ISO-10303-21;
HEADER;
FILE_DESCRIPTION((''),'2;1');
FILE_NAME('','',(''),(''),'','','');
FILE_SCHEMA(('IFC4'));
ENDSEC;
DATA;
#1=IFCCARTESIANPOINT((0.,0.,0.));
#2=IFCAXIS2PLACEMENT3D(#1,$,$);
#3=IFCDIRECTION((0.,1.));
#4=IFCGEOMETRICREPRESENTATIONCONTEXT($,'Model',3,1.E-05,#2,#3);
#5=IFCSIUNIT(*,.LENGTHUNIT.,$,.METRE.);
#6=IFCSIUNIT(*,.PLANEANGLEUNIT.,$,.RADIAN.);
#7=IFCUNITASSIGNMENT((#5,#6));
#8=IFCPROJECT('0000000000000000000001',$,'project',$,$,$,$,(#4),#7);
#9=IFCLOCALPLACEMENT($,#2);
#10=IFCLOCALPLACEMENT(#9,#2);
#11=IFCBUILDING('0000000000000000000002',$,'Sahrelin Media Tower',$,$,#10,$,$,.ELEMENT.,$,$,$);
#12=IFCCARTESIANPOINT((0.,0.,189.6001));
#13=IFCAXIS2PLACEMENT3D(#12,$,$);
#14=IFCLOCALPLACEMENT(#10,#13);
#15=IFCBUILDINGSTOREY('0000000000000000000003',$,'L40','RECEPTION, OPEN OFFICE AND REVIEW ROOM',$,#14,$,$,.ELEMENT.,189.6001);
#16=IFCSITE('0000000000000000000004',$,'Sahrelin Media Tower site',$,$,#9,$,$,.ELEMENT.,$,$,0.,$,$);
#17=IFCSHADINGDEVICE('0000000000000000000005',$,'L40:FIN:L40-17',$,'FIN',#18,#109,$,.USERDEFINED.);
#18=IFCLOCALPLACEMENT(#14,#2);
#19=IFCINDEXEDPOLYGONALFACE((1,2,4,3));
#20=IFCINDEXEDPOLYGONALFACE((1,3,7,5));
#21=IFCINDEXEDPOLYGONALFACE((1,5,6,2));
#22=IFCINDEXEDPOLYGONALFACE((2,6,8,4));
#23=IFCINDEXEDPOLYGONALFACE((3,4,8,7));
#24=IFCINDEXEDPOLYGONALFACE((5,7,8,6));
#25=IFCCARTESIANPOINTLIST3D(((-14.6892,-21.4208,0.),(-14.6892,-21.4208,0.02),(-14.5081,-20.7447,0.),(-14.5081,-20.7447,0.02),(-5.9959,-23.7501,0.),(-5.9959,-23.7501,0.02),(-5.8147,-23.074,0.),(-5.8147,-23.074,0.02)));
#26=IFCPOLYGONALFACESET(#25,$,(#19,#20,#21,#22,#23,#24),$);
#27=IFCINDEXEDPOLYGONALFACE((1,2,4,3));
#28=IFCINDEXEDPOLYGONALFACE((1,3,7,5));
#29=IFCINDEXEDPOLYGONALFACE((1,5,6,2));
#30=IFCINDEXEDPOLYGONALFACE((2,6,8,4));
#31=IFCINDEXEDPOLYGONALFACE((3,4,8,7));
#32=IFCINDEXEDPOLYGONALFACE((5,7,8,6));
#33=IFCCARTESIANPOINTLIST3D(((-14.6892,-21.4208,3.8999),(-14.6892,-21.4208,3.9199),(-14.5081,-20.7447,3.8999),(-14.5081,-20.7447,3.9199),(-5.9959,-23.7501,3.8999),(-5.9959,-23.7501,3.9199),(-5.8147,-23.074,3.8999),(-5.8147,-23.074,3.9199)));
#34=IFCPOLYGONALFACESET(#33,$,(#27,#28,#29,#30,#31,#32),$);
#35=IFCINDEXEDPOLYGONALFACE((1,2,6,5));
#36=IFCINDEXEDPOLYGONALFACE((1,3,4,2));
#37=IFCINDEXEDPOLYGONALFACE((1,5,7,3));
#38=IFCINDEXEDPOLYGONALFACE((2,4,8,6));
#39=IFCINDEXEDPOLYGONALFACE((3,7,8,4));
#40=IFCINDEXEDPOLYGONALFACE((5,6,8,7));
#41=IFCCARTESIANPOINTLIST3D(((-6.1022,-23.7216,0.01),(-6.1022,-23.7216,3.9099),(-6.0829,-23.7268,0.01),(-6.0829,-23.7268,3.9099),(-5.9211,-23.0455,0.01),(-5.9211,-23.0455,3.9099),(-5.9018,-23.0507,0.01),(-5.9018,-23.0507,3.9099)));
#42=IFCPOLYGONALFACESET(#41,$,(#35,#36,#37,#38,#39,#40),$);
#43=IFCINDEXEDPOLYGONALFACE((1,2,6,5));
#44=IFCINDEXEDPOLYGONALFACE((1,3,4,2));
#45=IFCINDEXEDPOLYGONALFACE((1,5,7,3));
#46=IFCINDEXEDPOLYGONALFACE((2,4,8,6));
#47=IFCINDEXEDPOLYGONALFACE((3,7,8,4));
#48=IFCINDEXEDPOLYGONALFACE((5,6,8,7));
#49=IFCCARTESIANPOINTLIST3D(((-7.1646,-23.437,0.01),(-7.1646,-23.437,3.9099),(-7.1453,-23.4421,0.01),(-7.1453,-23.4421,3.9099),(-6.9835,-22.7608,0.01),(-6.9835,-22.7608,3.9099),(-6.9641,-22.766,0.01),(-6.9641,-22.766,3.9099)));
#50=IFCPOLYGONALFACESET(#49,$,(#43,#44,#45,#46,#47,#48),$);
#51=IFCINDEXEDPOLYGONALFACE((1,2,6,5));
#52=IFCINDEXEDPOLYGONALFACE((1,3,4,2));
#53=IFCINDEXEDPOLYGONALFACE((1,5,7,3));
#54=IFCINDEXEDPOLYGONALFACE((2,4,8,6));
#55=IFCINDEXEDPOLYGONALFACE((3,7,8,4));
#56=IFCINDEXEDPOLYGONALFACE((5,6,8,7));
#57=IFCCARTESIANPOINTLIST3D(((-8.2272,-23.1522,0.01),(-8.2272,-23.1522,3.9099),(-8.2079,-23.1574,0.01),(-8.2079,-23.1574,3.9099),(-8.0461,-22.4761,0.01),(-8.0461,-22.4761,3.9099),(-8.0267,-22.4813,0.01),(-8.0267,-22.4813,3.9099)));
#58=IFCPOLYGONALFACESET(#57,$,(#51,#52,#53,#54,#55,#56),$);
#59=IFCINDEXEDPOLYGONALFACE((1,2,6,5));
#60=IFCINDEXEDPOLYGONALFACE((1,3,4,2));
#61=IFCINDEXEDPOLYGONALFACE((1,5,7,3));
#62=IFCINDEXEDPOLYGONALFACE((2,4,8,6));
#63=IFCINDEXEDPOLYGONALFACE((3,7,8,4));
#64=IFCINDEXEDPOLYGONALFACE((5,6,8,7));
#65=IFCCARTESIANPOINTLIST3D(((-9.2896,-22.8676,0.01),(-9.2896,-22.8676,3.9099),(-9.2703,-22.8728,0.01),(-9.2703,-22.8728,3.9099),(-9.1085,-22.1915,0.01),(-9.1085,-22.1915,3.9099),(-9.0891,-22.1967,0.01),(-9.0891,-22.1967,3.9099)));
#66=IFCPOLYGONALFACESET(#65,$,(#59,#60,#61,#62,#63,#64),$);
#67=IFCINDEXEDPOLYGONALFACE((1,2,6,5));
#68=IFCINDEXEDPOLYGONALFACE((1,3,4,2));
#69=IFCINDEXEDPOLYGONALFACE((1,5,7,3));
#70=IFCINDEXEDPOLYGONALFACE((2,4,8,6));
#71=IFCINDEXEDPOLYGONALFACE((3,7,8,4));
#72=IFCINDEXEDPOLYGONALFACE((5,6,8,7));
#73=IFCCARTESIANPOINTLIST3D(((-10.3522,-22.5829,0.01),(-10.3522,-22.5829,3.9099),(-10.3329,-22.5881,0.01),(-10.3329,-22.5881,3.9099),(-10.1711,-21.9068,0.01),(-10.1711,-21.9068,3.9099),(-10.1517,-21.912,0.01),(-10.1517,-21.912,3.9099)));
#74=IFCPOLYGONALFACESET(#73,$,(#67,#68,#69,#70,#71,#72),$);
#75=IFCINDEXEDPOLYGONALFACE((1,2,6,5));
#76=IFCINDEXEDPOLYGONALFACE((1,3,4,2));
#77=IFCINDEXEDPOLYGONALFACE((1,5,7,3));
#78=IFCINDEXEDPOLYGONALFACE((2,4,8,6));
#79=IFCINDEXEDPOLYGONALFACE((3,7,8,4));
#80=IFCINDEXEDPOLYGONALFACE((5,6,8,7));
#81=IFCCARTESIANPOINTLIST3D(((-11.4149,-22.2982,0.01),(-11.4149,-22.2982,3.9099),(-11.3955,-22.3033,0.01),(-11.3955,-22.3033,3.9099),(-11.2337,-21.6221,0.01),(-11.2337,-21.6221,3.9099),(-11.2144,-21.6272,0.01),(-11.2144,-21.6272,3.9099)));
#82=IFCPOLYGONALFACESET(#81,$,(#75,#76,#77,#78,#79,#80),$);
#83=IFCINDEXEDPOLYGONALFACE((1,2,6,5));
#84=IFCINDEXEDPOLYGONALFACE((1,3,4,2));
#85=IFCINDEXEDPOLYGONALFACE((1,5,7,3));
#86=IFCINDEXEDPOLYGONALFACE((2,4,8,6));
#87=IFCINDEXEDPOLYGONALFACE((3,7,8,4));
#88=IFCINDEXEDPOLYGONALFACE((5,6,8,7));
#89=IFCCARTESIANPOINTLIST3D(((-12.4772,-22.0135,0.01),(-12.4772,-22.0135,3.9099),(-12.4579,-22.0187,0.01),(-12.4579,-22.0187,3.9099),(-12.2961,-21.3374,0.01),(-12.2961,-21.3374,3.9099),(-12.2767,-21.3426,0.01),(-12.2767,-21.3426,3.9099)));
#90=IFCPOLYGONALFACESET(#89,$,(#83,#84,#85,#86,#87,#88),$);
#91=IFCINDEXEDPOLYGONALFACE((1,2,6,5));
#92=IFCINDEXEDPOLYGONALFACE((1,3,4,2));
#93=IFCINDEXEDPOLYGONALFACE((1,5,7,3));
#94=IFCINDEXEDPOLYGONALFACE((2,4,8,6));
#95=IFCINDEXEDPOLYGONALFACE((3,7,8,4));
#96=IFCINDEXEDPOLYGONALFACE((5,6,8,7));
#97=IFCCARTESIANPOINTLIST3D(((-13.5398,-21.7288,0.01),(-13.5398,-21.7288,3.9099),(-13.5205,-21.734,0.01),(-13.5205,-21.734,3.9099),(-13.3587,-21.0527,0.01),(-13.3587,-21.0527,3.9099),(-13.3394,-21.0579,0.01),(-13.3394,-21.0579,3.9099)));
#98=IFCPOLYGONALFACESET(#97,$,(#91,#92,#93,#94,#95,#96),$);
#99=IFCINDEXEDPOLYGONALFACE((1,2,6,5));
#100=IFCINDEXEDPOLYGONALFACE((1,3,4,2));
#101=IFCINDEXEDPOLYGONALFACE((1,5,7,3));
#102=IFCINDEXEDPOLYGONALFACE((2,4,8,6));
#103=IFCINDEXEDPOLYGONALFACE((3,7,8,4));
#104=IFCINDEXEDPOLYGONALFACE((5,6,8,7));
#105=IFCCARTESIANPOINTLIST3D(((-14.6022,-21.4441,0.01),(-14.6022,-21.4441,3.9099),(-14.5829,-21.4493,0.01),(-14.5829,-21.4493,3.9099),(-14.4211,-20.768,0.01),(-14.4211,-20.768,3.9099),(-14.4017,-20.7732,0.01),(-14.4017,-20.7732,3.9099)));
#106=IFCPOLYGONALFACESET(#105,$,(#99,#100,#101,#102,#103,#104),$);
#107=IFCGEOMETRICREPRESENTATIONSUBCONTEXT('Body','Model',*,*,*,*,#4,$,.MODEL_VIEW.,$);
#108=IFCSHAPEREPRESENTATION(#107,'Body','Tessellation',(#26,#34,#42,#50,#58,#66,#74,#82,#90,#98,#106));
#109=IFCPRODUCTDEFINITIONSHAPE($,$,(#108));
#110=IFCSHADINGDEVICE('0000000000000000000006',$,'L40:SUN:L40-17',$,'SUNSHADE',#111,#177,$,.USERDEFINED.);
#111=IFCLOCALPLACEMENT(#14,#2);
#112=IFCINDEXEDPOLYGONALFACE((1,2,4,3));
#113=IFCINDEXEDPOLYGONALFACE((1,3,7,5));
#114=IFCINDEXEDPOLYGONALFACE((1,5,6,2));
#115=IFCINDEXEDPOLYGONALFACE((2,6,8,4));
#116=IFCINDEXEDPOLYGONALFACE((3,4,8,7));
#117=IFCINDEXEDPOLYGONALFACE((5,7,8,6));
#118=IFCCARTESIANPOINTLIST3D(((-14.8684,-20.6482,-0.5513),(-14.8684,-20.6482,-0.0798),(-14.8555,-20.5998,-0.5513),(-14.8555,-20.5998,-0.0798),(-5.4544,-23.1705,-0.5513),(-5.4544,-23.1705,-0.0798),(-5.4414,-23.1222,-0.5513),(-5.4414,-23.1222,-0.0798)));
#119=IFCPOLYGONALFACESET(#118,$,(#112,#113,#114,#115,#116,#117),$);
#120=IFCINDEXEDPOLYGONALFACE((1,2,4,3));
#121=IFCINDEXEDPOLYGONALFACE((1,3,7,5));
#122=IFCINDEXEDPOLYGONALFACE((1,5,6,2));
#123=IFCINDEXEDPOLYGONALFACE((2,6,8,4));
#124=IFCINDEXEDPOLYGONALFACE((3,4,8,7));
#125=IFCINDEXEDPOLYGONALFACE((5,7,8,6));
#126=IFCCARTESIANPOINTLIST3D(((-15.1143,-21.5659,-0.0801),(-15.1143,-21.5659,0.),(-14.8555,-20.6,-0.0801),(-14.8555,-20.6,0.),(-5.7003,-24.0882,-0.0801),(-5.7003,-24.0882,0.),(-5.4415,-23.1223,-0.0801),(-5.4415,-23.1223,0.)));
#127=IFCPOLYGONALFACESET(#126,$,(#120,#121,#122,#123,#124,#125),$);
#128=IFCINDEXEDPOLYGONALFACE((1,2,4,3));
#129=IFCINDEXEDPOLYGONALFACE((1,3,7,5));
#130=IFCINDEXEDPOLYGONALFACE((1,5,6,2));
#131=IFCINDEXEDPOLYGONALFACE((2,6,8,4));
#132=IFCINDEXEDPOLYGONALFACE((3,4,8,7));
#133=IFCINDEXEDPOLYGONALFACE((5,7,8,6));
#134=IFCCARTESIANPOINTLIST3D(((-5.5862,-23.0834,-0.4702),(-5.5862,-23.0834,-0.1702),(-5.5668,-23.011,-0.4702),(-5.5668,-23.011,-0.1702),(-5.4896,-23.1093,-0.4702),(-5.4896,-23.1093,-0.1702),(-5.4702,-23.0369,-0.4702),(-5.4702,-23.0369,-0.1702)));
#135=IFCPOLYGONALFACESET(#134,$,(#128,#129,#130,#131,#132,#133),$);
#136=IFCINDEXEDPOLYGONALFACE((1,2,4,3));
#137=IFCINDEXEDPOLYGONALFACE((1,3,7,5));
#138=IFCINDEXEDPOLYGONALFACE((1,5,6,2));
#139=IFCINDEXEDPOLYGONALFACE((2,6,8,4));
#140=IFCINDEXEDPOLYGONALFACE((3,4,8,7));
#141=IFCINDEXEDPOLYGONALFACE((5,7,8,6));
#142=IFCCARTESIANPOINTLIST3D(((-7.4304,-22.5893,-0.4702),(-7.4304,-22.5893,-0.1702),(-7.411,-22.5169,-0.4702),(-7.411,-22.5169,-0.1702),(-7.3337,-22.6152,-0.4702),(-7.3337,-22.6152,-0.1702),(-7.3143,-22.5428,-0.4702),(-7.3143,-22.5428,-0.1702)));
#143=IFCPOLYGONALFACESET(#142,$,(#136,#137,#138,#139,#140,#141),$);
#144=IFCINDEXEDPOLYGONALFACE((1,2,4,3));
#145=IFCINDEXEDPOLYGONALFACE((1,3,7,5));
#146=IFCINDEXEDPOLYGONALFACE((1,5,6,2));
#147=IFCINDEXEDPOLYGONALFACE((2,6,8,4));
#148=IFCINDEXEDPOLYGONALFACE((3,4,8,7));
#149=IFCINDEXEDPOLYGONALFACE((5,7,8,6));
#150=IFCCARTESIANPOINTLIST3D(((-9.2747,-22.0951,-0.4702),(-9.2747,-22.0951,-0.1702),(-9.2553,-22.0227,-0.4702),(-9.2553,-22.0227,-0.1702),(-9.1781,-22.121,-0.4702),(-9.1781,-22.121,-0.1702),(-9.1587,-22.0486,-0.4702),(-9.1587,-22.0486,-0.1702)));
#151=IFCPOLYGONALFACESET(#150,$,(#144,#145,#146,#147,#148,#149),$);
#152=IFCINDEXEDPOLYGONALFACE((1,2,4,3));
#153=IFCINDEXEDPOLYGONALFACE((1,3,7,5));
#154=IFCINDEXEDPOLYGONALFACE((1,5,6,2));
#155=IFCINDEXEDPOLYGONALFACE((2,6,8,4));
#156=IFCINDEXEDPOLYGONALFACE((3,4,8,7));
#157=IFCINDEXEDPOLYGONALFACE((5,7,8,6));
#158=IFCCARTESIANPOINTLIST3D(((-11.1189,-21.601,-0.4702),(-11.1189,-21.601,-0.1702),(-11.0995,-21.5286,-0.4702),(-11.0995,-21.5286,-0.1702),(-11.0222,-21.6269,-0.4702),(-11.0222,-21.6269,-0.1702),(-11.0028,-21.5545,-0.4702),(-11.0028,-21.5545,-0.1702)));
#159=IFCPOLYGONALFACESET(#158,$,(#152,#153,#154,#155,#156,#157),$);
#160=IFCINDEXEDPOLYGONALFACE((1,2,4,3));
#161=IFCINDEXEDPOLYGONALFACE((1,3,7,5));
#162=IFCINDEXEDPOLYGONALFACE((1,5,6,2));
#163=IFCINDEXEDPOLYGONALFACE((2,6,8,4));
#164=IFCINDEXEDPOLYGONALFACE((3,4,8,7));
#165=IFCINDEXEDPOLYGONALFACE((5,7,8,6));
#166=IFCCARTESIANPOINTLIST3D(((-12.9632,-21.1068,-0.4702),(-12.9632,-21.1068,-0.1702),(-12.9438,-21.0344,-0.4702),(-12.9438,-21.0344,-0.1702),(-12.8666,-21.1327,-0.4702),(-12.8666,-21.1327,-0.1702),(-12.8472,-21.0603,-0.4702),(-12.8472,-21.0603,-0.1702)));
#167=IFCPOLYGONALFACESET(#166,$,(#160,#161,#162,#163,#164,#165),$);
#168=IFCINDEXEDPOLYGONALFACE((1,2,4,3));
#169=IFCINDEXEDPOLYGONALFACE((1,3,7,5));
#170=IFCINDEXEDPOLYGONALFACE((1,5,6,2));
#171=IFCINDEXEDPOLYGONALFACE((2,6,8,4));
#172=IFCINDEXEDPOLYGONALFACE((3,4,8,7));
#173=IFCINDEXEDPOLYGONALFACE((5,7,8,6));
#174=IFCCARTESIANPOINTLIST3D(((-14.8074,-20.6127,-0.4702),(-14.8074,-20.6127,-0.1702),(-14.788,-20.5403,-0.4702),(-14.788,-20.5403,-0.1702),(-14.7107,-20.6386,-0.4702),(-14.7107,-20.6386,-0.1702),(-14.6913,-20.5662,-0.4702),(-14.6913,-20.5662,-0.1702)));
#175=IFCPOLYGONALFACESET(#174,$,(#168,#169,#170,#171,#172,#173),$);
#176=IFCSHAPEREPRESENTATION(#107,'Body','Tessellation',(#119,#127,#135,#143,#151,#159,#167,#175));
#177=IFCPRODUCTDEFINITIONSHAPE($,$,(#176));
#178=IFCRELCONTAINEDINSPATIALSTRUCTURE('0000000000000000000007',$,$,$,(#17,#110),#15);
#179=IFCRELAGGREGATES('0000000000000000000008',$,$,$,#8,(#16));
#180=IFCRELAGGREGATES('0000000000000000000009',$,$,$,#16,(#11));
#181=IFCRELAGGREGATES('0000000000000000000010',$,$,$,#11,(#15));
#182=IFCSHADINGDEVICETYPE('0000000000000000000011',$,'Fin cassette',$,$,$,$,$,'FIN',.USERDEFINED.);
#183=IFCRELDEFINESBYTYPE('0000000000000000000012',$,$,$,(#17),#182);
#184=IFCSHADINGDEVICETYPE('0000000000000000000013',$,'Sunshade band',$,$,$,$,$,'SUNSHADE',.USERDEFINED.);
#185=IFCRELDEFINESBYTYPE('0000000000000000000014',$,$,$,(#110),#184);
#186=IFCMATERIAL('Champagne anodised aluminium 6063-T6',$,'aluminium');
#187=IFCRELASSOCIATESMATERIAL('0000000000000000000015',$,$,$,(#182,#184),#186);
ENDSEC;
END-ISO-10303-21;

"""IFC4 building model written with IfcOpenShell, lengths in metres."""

from ifc_helpers import new_model, si_unit, direction, frame, origin, origin_2d, place, context, subcontext, project, spatial, rectangle, extrude, material, type_object, element, save


model = new_model("IFC4")

# Units and contexts
model_context = context("Model", 3, precision=1e-05, world=origin(), true_north=direction((0.0, 1.0)))
body_context = subcontext(model_context, "Body", "Model", "MODEL_VIEW")
ifc_project = project(units=[si_unit("LENGTHUNIT", "METRE"), si_unit("PLANEANGLEUNIT", "RADIAN")], contexts=[model_context])

# Site, building, storey
site_placement = place(None, origin())
site = spatial("IfcSite", under=ifc_project, at=site_placement, Name="Sahrelin Media Tower site", CompositionType="ELEMENT", RefElevation=0.0)
building_placement = place(site_placement, origin())
building = spatial("IfcBuilding", under=site, at=building_placement, Name="Sahrelin Media Tower", CompositionType="ELEMENT")
storey_placement = place(building_placement, frame((0.0, 0.0, 189.6001)))
storey = spatial("IfcBuildingStorey", under=building, at=storey_placement, Name="L40", Description="RECEPTION, OPEN OFFICE AND REVIEW ROOM", CompositionType="ELEMENT", Elevation=189.6001)

# Shared definitions
ifc_material_1 = material(Name="Champagne anodised aluminium 6063-T6", Category="aluminium")

# Shading devices
shading_device_type_1 = type_object("IfcShadingDeviceType", Name="Fin cassette", ElementType="FIN", PredefinedType="USERDEFINED", material=ifc_material_1)
placement = place(storey_placement, frame((-10.1433, -21.8418, 0.0), z_axis=(0.0, 0.0, 1.0), x_axis=(-0.965929, 0.258808, 0.0)))
element("IfcShadingDevice", 1, at=placement, inside=storey, type_object=shading_device_type_1, Name="L40:FIN:L40-17", ObjectType="FIN", PredefinedType="USERDEFINED", context=body_context, shape_type="SweptSolid", body=[
    extrude(rectangle(XDim=9.0, YDim=0.7, at=origin_2d()), frame((0.0, 0.4199, 0.0)), (0.0, 0.0, 1.0), 0.02),
    extrude(rectangle(XDim=9.0, YDim=0.7, at=origin_2d()), frame((0.0, 0.4199, 3.8999)), (0.0, 0.0, 1.0), 0.02),
    extrude(rectangle(XDim=0.02, YDim=0.7, at=origin_2d()), frame((-4.3999, 0.4199, 0.01), z_axis=(0.0, 0.0, 1.0), x_axis=(1.0, 0.0, 0.0)), (0.0, 0.0, 1.0), 3.8999),
    extrude(rectangle(XDim=0.02, YDim=0.7, at=origin_2d()), frame((-3.3, 0.4199, 0.01), z_axis=(0.0, 0.0, 1.0), x_axis=(1.0, 0.0, 0.0)), (0.0, 0.0, 1.0), 3.8999),
    extrude(rectangle(XDim=0.02, YDim=0.7, at=origin_2d()), frame((-2.2, 0.4199, 0.01), z_axis=(0.0, 0.0, 1.0), x_axis=(1.0, 0.0, 0.0)), (0.0, 0.0, 1.0), 3.8999),
    extrude(rectangle(XDim=0.02, YDim=0.7, at=origin_2d()), frame((-1.1001, 0.4199, 0.01), z_axis=(0.0, 0.0, 1.0), x_axis=(1.0, 0.0, 0.0)), (0.0, 0.0, 1.0), 3.8999),
    extrude(rectangle(XDim=0.02, YDim=0.7, at=origin_2d()), frame((0.0, 0.4199, 0.01), z_axis=(0.0, 0.0, 1.0), x_axis=(1.0, 0.0, 0.0)), (0.0, 0.0, 1.0), 3.8999),
    extrude(rectangle(XDim=0.02, YDim=0.7, at=origin_2d()), frame((1.1001, 0.4199, 0.01), z_axis=(0.0, 0.0, 1.0), x_axis=(1.0, 0.0, 0.0)), (0.0, 0.0, 1.0), 3.8999),
    extrude(rectangle(XDim=0.02, YDim=0.7, at=origin_2d()), frame((2.2, 0.4199, 0.01), z_axis=(0.0, 0.0, 1.0), x_axis=(1.0, 0.0, 0.0)), (0.0, 0.0, 1.0), 3.8999),
    extrude(rectangle(XDim=0.02, YDim=0.7, at=origin_2d()), frame((3.3, 0.4199, 0.01), z_axis=(0.0, 0.0, 1.0), x_axis=(1.0, 0.0, 0.0)), (0.0, 0.0, 1.0), 3.8999),
    extrude(rectangle(XDim=0.02, YDim=0.7, at=origin_2d()), frame((4.3999, 0.4199, 0.01), z_axis=(0.0, 0.0, 1.0), x_axis=(1.0, 0.0, 0.0)), (0.0, 0.0, 1.0), 3.8999),
])
shading_device_type_2 = type_object("IfcShadingDeviceType", Name="Sunshade band", ElementType="SUNSHADE", PredefinedType="USERDEFINED", material=ifc_material_1)
element("IfcShadingDevice", 2, at=placement, inside=storey, type_object=shading_device_type_2, Name="L40:SUN:L40-17", ObjectType="SUNSHADE", PredefinedType="USERDEFINED", context=body_context, shape_type="SweptSolid", body=[
    extrude(rectangle(XDim=9.7461, YDim=0.05, at=origin_2d()), frame((0.0, 0.0449, -0.5513)), (0.0, 0.0, 1.0), 0.4714),
    extrude(rectangle(XDim=9.7461, YDim=1.0, at=origin_2d()), frame((0.0, 0.52, -0.0801)), (0.0, 0.0, 1.0), 0.0801),
    extrude(rectangle(XDim=0.1001, YDim=0.075, at=origin_2d()), frame((-4.7732, -0.0176, -0.4702)), (0.0, 0.0, 1.0), 0.3),
    extrude(rectangle(XDim=0.1001, YDim=0.075, at=origin_2d()), frame((-2.864, -0.0176, -0.4702)), (0.0, 0.0, 1.0), 0.3),
    extrude(rectangle(XDim=0.1001, YDim=0.075, at=origin_2d()), frame((-0.9546, -0.0176, -0.4702)), (0.0, 0.0, 1.0), 0.3),
    extrude(rectangle(XDim=0.1001, YDim=0.075, at=origin_2d()), frame((0.9546, -0.0176, -0.4702)), (0.0, 0.0, 1.0), 0.3),
    extrude(rectangle(XDim=0.1001, YDim=0.075, at=origin_2d()), frame((2.864, -0.0176, -0.4702)), (0.0, 0.0, 1.0), 0.3),
    extrude(rectangle(XDim=0.1001, YDim=0.075, at=origin_2d()), frame((4.7732, -0.0176, -0.4702)), (0.0, 0.0, 1.0), 0.3),
])

save(model, "model.ifc")
